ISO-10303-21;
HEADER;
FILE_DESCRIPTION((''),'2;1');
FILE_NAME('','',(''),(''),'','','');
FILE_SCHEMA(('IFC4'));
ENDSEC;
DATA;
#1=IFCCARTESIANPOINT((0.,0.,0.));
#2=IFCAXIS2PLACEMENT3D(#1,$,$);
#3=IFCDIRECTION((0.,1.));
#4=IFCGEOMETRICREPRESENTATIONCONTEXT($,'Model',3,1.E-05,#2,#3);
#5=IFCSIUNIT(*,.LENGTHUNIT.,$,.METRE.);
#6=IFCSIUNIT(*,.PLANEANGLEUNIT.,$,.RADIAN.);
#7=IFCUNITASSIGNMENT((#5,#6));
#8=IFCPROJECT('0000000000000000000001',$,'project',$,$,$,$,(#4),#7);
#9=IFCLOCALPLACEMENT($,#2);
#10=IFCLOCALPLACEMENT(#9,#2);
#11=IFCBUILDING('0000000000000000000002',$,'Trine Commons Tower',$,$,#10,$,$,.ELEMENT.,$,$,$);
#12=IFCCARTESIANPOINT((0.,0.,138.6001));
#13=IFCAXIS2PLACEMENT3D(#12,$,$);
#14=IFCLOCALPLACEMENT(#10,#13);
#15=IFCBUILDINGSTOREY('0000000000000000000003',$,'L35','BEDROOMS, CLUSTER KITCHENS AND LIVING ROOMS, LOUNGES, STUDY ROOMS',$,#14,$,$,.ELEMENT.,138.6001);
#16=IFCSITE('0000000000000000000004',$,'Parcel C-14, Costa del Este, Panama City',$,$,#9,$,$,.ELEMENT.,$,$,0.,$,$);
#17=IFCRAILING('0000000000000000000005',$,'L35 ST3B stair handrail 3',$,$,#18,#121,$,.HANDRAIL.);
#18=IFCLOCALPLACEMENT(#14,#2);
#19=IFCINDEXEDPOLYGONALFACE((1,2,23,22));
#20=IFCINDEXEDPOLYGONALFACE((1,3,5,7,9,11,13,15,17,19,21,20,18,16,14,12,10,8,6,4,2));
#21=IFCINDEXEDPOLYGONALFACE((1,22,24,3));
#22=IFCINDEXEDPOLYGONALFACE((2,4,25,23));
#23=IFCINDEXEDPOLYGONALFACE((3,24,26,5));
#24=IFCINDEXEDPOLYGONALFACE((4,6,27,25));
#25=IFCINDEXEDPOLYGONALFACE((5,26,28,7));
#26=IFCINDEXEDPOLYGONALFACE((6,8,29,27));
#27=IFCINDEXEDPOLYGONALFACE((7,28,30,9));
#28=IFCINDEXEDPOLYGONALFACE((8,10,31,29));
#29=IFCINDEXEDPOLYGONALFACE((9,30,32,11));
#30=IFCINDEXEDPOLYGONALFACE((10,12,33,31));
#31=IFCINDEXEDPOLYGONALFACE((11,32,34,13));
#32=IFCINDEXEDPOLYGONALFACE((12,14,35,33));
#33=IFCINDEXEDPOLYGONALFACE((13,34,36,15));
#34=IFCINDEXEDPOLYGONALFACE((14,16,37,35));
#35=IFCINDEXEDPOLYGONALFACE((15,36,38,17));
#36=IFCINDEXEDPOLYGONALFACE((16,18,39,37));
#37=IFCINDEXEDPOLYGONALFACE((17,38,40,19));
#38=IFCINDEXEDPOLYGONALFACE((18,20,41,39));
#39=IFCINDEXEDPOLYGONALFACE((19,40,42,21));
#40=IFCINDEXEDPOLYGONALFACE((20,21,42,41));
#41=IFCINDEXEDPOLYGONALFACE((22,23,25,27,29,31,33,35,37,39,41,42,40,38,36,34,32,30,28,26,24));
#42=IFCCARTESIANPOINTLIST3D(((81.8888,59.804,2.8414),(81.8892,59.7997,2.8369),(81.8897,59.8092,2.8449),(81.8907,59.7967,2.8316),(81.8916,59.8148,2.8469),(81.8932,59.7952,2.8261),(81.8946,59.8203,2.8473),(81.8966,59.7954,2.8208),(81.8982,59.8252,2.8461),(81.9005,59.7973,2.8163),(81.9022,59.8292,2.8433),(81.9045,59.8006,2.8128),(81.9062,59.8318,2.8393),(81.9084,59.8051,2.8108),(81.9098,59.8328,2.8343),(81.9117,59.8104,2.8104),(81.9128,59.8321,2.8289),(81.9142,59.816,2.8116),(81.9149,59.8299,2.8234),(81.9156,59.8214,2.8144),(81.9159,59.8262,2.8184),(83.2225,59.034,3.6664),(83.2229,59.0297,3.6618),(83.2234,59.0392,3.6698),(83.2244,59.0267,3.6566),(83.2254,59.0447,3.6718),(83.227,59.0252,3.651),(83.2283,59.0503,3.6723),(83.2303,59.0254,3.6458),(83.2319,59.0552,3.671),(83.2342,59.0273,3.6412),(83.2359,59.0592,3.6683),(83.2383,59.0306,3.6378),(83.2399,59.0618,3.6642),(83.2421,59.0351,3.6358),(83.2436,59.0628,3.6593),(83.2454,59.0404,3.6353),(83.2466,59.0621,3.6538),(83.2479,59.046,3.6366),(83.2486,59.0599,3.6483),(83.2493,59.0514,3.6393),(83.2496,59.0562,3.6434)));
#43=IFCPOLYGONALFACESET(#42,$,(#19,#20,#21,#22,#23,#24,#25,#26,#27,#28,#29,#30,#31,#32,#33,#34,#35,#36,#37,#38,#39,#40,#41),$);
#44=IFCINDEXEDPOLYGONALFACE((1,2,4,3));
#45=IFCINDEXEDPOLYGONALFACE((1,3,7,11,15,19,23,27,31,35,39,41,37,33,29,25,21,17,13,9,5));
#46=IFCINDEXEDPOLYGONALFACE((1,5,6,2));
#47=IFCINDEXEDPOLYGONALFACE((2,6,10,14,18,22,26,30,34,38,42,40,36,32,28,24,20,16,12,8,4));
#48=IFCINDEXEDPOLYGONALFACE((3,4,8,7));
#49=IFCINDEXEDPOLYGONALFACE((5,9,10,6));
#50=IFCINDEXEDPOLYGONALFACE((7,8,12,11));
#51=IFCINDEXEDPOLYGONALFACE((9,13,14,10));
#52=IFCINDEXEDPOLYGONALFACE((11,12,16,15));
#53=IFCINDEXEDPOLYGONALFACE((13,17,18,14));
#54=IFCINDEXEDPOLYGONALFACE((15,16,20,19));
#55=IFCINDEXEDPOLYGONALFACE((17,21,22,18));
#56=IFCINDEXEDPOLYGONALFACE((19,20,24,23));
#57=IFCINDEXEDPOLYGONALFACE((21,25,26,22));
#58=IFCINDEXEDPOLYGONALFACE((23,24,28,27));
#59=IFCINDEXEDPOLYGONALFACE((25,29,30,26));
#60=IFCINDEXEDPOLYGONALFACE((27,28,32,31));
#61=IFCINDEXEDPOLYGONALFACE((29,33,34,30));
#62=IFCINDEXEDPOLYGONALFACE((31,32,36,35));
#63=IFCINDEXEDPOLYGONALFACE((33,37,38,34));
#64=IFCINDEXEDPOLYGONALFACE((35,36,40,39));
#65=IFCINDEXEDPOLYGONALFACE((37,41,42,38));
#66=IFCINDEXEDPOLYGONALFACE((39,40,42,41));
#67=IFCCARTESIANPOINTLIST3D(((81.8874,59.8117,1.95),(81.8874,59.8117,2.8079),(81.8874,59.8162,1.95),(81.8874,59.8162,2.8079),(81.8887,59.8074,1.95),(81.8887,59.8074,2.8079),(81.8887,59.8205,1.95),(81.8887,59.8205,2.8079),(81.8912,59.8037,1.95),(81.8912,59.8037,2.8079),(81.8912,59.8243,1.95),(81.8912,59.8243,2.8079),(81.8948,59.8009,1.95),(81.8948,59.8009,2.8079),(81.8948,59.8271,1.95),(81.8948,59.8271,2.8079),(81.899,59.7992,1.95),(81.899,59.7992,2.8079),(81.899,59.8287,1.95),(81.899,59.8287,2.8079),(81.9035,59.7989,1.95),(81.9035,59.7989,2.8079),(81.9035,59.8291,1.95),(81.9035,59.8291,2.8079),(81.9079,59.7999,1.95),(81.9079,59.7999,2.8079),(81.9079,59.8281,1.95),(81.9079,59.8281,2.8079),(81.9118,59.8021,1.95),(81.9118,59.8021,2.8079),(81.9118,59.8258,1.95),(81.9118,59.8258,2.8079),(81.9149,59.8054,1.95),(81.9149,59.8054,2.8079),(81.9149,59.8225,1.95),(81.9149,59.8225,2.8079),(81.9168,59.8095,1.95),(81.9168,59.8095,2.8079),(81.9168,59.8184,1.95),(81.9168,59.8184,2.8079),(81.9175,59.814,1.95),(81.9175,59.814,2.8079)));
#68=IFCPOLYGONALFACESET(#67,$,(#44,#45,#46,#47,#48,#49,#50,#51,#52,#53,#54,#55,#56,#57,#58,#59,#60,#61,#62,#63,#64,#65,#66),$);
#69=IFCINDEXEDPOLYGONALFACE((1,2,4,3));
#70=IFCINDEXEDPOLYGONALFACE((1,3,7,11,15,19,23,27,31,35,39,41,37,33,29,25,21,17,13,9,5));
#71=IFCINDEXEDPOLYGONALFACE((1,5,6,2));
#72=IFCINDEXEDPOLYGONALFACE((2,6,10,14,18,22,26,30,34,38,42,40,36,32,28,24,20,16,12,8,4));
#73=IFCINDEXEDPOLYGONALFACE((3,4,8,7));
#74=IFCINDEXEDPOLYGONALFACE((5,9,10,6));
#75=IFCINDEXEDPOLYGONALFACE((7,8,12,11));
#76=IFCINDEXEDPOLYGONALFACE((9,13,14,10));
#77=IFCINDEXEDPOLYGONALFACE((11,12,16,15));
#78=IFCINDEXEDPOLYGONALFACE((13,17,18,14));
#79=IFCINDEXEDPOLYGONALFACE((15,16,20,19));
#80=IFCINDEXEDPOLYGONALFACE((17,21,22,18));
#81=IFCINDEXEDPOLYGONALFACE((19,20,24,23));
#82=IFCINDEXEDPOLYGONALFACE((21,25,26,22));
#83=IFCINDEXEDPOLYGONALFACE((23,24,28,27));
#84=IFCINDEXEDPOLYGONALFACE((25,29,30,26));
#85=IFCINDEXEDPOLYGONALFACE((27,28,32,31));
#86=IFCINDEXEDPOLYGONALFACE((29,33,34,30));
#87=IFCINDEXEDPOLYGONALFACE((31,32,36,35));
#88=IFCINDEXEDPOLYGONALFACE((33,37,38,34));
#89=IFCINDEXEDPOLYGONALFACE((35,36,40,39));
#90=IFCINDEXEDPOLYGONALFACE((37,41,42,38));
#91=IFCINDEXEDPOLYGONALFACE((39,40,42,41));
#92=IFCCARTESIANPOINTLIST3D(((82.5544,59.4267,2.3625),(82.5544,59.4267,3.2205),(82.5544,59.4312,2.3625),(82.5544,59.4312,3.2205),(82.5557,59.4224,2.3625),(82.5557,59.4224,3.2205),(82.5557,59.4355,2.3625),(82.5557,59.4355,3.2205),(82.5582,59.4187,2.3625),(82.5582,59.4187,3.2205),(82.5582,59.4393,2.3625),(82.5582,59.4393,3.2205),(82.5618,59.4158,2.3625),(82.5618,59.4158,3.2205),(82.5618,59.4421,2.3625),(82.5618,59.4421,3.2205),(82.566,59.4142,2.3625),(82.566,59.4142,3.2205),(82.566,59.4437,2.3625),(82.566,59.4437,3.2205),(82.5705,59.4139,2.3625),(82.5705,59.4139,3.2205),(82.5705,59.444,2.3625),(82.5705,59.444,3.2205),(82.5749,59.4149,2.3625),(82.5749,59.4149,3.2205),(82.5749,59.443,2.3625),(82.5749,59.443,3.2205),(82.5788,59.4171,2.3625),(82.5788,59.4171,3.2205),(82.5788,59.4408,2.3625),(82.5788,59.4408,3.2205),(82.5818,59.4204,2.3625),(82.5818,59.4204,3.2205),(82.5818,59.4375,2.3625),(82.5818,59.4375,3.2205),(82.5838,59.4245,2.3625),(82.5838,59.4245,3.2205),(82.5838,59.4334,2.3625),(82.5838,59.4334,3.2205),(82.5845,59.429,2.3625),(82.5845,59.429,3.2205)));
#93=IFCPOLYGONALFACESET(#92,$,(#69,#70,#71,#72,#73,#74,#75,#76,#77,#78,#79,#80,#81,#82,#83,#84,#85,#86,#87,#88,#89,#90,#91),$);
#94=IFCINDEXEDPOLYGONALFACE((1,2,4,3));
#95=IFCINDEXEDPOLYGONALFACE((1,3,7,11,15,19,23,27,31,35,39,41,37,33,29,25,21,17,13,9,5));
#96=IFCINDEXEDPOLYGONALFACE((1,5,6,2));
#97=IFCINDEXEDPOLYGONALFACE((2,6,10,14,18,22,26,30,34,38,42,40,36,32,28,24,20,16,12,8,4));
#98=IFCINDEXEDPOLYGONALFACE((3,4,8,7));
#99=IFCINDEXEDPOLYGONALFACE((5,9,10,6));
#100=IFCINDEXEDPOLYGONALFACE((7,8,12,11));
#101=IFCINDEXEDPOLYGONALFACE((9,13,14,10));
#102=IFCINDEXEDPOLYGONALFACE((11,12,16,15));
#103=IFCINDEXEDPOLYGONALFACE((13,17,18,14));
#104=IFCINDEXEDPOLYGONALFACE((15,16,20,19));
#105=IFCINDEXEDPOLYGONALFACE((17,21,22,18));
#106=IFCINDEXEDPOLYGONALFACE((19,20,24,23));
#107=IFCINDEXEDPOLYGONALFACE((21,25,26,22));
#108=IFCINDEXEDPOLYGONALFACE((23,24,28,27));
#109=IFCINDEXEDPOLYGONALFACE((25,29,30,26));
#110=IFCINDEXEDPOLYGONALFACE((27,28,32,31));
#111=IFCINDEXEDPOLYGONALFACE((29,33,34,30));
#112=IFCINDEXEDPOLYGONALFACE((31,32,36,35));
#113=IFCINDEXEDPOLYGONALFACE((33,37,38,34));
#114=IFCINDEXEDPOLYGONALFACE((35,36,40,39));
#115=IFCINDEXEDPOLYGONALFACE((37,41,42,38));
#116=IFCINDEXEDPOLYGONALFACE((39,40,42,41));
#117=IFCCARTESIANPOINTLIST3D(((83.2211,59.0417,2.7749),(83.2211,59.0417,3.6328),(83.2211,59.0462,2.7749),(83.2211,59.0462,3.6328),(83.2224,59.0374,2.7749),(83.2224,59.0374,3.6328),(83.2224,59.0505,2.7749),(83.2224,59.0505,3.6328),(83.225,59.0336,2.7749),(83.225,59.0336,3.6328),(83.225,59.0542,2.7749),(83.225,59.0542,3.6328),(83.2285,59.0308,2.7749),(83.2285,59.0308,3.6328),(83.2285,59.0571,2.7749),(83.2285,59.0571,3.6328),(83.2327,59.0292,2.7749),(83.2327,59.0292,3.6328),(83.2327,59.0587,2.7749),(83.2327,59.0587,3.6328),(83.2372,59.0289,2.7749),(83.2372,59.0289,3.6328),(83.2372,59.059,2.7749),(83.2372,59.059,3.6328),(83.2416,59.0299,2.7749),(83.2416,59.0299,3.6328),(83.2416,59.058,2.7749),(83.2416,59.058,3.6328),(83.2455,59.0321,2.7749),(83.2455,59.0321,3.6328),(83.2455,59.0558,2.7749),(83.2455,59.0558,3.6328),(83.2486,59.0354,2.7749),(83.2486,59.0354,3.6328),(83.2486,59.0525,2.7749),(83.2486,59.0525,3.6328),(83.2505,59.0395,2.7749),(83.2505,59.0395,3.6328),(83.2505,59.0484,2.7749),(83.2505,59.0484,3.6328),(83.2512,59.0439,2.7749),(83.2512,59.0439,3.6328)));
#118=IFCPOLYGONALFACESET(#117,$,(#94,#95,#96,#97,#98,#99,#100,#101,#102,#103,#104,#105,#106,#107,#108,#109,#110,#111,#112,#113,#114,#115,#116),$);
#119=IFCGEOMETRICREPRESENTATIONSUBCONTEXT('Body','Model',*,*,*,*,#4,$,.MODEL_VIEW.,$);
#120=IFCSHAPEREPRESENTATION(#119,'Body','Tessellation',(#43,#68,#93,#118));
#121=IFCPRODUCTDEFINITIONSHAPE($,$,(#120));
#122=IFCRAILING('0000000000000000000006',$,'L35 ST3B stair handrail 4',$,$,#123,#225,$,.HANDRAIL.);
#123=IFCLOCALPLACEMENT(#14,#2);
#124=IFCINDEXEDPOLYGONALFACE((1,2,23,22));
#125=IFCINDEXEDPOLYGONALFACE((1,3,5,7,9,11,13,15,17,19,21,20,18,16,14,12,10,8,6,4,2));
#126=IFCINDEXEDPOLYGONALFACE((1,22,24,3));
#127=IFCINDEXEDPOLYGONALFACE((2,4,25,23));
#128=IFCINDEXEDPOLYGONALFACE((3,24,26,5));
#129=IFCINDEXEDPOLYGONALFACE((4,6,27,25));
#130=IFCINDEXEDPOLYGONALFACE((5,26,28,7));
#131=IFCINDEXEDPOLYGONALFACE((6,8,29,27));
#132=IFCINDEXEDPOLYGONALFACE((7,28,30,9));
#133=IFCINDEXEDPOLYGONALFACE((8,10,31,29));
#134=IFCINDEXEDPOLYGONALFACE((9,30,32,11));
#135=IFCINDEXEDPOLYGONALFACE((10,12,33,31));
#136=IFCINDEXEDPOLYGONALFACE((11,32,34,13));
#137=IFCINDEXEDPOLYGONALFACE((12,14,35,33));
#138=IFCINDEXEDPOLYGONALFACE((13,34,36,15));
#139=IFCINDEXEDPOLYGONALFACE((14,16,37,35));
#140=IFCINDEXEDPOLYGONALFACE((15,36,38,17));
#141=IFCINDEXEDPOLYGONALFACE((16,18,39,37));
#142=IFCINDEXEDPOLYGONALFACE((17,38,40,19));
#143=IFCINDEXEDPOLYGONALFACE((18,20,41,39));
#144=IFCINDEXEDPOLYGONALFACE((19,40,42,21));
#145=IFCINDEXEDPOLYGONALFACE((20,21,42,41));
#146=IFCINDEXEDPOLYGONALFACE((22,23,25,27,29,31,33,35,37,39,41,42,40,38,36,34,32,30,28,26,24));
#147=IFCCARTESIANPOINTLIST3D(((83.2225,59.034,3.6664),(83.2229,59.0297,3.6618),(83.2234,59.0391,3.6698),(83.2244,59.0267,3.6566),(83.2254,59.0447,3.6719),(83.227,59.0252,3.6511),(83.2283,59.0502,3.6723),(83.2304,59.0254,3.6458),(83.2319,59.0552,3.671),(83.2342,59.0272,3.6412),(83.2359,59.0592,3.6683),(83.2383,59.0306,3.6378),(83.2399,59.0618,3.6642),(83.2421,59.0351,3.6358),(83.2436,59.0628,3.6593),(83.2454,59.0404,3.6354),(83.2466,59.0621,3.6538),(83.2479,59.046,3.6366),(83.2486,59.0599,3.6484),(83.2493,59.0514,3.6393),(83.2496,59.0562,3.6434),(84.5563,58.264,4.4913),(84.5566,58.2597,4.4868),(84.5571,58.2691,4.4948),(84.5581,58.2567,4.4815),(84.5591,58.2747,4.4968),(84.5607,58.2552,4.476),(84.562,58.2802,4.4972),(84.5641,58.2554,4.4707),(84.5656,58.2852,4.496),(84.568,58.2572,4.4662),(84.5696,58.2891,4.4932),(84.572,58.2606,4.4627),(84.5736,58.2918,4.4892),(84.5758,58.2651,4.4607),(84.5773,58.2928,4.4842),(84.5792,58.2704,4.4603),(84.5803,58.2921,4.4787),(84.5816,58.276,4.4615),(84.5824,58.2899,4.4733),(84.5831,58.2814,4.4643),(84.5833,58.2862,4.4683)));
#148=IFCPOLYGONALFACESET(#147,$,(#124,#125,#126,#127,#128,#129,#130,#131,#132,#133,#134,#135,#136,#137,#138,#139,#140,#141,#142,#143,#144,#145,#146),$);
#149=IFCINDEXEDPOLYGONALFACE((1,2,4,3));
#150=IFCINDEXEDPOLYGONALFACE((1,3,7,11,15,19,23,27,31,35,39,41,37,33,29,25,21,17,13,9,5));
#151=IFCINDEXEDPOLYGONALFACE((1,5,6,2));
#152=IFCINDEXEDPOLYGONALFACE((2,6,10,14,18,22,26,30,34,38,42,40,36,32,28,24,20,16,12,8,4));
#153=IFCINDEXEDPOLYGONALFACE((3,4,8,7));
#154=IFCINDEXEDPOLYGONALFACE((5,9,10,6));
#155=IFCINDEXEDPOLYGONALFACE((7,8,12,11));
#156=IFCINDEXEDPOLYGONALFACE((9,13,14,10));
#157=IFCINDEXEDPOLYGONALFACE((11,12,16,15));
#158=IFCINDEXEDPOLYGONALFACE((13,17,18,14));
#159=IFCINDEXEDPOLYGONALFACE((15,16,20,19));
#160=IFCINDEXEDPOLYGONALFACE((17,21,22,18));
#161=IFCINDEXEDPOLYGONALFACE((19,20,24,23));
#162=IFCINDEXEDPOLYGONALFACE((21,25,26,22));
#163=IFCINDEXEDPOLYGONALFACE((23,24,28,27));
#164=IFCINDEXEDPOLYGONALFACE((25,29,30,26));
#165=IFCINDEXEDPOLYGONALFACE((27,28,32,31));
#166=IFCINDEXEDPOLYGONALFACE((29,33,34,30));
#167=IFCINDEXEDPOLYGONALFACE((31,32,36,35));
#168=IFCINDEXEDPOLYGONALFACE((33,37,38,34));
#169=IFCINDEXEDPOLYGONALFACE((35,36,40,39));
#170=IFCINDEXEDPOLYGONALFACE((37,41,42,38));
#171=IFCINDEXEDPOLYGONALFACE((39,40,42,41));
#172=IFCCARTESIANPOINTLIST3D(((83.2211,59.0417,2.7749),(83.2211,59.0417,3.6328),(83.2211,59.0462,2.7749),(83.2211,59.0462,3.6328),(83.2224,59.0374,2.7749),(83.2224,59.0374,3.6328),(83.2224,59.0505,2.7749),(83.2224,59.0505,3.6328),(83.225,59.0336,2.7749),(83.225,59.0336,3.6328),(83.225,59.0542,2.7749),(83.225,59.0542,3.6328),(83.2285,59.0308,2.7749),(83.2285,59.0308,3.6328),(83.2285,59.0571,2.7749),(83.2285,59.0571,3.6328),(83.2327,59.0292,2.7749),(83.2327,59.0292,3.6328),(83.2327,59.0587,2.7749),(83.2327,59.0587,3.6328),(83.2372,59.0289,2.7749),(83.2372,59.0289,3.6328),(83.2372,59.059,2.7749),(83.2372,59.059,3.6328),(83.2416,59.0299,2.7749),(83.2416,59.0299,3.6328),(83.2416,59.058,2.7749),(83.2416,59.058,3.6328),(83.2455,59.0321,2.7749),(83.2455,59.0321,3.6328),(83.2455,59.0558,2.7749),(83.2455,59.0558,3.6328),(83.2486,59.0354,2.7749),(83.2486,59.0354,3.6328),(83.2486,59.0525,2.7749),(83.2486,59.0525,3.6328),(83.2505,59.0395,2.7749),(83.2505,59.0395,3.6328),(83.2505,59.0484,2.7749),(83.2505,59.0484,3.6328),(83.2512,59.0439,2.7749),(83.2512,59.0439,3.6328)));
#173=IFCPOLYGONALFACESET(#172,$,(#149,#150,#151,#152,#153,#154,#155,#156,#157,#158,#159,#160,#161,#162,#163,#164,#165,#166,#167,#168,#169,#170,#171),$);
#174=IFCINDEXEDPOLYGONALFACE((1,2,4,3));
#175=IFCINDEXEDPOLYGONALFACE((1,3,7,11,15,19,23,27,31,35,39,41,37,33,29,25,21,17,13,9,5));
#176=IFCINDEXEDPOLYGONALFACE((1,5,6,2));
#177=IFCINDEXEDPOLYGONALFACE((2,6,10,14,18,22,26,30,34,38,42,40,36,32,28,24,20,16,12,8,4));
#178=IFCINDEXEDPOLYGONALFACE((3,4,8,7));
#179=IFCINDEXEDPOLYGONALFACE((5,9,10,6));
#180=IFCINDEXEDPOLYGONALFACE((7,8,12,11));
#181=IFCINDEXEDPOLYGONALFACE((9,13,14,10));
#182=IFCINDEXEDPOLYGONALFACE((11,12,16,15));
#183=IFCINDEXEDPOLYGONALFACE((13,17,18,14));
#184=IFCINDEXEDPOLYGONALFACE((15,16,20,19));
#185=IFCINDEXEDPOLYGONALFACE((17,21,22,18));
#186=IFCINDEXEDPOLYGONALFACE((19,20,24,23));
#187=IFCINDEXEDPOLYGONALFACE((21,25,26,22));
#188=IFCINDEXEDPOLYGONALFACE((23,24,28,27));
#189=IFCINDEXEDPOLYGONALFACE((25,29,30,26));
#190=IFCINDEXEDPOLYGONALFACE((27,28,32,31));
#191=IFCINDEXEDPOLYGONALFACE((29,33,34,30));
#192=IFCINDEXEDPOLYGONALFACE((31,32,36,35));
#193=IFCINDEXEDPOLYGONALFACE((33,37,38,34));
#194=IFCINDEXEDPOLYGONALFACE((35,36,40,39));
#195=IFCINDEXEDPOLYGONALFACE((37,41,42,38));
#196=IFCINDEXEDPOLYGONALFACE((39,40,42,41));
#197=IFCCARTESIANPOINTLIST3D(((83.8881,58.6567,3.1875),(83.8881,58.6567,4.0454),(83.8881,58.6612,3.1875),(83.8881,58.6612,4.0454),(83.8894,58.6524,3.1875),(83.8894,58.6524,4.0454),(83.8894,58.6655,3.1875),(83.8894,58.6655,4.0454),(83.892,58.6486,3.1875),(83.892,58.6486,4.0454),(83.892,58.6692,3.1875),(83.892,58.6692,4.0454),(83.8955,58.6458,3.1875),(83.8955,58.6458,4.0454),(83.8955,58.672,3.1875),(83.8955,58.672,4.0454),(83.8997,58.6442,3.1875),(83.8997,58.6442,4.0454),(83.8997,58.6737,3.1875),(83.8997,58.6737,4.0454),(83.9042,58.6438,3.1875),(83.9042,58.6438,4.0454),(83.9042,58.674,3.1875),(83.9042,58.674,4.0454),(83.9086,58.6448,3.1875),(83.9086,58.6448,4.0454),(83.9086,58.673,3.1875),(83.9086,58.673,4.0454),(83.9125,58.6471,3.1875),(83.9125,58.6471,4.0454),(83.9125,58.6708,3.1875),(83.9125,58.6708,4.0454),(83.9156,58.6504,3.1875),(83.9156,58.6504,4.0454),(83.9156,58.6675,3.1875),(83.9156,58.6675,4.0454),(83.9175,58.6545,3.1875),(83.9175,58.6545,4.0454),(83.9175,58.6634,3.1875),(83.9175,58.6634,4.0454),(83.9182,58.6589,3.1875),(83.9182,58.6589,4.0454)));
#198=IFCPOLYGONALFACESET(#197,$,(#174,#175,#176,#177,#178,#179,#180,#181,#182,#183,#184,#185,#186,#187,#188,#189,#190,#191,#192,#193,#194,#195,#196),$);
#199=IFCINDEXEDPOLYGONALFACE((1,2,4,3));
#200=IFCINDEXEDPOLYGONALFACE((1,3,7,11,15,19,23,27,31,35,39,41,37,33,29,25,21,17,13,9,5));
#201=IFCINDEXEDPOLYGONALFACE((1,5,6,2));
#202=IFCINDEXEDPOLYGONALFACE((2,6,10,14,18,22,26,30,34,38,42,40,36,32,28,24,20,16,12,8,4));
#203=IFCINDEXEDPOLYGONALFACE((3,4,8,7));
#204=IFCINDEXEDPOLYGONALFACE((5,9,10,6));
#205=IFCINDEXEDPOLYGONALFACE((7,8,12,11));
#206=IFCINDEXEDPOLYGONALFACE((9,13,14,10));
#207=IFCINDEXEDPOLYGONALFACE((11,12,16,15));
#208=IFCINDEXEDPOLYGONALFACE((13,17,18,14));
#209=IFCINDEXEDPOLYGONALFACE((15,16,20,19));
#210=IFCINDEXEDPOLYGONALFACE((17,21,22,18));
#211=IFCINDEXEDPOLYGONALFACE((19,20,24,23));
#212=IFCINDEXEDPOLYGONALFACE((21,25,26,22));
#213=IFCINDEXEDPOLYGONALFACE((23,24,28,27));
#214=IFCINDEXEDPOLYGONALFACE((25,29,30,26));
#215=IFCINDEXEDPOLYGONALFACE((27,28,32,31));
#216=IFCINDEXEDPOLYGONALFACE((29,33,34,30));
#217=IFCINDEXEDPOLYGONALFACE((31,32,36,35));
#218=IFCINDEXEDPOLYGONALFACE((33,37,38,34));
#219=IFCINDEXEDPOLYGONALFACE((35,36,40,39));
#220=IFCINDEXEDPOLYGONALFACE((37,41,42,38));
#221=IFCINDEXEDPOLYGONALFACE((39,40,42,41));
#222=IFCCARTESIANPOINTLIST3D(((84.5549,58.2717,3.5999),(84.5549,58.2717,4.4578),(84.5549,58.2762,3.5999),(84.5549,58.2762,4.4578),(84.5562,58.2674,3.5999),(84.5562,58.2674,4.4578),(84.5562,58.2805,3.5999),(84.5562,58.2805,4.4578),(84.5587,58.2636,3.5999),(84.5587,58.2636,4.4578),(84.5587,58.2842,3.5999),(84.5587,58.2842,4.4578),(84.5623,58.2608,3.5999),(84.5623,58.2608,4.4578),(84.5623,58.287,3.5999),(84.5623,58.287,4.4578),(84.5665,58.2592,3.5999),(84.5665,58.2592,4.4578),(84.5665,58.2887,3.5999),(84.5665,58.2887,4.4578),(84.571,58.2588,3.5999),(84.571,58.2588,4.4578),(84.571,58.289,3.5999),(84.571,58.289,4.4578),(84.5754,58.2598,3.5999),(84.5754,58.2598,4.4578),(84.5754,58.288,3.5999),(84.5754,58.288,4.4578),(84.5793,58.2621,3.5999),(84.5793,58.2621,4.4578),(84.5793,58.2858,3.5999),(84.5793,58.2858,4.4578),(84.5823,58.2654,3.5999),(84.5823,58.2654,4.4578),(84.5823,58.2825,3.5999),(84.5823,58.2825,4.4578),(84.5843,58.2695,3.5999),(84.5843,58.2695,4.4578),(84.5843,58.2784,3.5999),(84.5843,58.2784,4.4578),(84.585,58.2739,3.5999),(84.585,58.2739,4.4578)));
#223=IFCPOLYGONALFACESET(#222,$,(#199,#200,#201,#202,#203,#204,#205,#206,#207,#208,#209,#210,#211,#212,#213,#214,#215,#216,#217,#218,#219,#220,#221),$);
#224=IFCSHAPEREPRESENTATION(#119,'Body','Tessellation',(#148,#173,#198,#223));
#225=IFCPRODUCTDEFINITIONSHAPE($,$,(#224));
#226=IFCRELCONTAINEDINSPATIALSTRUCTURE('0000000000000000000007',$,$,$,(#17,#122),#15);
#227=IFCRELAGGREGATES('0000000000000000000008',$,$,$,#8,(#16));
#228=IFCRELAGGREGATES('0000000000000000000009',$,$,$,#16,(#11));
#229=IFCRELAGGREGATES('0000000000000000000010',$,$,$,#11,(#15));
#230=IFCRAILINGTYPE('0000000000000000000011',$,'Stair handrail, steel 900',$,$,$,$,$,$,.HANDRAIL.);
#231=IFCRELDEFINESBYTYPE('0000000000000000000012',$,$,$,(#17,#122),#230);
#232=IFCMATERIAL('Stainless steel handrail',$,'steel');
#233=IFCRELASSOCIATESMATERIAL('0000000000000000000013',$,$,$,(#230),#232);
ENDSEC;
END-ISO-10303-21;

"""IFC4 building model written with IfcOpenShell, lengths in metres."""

from ifc_helpers import new_model, si_unit, direction, frame, origin, origin_2d, place, context, subcontext, project, spatial, circle, extrude, material, type_object, element, save


model = new_model("IFC4")

# Units and contexts
model_context = context("Model", 3, precision=1e-05, world=origin(), true_north=direction((0.0, 1.0)))
body_context = subcontext(model_context, "Body", "Model", "MODEL_VIEW")
ifc_project = project(units=[si_unit("LENGTHUNIT", "METRE"), si_unit("PLANEANGLEUNIT", "RADIAN")], contexts=[model_context])

# Site, building, storey
site_placement = place(None, origin())
site = spatial("IfcSite", under=ifc_project, at=site_placement, Name="Parcel C-14, Costa del Este, Panama City", CompositionType="ELEMENT", RefElevation=0.0)
building_placement = place(site_placement, origin())
building = spatial("IfcBuilding", under=site, at=building_placement, Name="Trine Commons Tower", CompositionType="ELEMENT")
storey_placement = place(building_placement, frame((0.0, 0.0, 138.6001)))
storey = spatial("IfcBuildingStorey", under=building, at=storey_placement, Name="L35", Description="BEDROOMS, CLUSTER KITCHENS AND LIVING ROOMS, LOUNGES, STUDY ROOMS", CompositionType="ELEMENT", Elevation=138.6001)

# Railings
ifc_material_1 = material(Name="Stainless steel handrail", Category="steel")
railing_type_1 = type_object("IfcRailingType", Name="Stair handrail, steel 900", PredefinedType="HANDRAIL", material=ifc_material_1)
for number, where, name in (
    (1, (81.9023, 59.814, 1.95), "L35 ST3B stair handrail 3"),
    (2, (83.2361, 59.0439, 2.7749), "L35 ST3B stair handrail 4"),
):
    element("IfcRailing", number, at=place(storey_placement, frame(where)), inside=storey, type_object=railing_type_1, Name=name, PredefinedType="HANDRAIL", context=body_context, shape_type="SweptSolid", body=[
        extrude(circle(Radius=0.021, at=origin_2d()), frame((0.0, 0.0, 0.8789), z_axis=(0.763405, -0.440743, 0.472185), x_axis=(0.499992, 0.86603, 0.0)), (0.0, 0.0, 1.0), 1.7471),
        extrude(circle(Radius=0.0151, at=origin_2d()), origin(), (0.0, 0.0, 1.0), 0.8579),
        extrude(circle(Radius=0.0151, at=origin_2d()), frame((0.667, -0.385, 0.4126)), (0.0, 0.0, 1.0), 0.8579),
        extrude(circle(Radius=0.0151, at=origin_2d()), frame((1.3337, -0.77, 0.825)), (0.0, 0.0, 1.0), 0.8579),
    ])

save(model, "model.ifc")
